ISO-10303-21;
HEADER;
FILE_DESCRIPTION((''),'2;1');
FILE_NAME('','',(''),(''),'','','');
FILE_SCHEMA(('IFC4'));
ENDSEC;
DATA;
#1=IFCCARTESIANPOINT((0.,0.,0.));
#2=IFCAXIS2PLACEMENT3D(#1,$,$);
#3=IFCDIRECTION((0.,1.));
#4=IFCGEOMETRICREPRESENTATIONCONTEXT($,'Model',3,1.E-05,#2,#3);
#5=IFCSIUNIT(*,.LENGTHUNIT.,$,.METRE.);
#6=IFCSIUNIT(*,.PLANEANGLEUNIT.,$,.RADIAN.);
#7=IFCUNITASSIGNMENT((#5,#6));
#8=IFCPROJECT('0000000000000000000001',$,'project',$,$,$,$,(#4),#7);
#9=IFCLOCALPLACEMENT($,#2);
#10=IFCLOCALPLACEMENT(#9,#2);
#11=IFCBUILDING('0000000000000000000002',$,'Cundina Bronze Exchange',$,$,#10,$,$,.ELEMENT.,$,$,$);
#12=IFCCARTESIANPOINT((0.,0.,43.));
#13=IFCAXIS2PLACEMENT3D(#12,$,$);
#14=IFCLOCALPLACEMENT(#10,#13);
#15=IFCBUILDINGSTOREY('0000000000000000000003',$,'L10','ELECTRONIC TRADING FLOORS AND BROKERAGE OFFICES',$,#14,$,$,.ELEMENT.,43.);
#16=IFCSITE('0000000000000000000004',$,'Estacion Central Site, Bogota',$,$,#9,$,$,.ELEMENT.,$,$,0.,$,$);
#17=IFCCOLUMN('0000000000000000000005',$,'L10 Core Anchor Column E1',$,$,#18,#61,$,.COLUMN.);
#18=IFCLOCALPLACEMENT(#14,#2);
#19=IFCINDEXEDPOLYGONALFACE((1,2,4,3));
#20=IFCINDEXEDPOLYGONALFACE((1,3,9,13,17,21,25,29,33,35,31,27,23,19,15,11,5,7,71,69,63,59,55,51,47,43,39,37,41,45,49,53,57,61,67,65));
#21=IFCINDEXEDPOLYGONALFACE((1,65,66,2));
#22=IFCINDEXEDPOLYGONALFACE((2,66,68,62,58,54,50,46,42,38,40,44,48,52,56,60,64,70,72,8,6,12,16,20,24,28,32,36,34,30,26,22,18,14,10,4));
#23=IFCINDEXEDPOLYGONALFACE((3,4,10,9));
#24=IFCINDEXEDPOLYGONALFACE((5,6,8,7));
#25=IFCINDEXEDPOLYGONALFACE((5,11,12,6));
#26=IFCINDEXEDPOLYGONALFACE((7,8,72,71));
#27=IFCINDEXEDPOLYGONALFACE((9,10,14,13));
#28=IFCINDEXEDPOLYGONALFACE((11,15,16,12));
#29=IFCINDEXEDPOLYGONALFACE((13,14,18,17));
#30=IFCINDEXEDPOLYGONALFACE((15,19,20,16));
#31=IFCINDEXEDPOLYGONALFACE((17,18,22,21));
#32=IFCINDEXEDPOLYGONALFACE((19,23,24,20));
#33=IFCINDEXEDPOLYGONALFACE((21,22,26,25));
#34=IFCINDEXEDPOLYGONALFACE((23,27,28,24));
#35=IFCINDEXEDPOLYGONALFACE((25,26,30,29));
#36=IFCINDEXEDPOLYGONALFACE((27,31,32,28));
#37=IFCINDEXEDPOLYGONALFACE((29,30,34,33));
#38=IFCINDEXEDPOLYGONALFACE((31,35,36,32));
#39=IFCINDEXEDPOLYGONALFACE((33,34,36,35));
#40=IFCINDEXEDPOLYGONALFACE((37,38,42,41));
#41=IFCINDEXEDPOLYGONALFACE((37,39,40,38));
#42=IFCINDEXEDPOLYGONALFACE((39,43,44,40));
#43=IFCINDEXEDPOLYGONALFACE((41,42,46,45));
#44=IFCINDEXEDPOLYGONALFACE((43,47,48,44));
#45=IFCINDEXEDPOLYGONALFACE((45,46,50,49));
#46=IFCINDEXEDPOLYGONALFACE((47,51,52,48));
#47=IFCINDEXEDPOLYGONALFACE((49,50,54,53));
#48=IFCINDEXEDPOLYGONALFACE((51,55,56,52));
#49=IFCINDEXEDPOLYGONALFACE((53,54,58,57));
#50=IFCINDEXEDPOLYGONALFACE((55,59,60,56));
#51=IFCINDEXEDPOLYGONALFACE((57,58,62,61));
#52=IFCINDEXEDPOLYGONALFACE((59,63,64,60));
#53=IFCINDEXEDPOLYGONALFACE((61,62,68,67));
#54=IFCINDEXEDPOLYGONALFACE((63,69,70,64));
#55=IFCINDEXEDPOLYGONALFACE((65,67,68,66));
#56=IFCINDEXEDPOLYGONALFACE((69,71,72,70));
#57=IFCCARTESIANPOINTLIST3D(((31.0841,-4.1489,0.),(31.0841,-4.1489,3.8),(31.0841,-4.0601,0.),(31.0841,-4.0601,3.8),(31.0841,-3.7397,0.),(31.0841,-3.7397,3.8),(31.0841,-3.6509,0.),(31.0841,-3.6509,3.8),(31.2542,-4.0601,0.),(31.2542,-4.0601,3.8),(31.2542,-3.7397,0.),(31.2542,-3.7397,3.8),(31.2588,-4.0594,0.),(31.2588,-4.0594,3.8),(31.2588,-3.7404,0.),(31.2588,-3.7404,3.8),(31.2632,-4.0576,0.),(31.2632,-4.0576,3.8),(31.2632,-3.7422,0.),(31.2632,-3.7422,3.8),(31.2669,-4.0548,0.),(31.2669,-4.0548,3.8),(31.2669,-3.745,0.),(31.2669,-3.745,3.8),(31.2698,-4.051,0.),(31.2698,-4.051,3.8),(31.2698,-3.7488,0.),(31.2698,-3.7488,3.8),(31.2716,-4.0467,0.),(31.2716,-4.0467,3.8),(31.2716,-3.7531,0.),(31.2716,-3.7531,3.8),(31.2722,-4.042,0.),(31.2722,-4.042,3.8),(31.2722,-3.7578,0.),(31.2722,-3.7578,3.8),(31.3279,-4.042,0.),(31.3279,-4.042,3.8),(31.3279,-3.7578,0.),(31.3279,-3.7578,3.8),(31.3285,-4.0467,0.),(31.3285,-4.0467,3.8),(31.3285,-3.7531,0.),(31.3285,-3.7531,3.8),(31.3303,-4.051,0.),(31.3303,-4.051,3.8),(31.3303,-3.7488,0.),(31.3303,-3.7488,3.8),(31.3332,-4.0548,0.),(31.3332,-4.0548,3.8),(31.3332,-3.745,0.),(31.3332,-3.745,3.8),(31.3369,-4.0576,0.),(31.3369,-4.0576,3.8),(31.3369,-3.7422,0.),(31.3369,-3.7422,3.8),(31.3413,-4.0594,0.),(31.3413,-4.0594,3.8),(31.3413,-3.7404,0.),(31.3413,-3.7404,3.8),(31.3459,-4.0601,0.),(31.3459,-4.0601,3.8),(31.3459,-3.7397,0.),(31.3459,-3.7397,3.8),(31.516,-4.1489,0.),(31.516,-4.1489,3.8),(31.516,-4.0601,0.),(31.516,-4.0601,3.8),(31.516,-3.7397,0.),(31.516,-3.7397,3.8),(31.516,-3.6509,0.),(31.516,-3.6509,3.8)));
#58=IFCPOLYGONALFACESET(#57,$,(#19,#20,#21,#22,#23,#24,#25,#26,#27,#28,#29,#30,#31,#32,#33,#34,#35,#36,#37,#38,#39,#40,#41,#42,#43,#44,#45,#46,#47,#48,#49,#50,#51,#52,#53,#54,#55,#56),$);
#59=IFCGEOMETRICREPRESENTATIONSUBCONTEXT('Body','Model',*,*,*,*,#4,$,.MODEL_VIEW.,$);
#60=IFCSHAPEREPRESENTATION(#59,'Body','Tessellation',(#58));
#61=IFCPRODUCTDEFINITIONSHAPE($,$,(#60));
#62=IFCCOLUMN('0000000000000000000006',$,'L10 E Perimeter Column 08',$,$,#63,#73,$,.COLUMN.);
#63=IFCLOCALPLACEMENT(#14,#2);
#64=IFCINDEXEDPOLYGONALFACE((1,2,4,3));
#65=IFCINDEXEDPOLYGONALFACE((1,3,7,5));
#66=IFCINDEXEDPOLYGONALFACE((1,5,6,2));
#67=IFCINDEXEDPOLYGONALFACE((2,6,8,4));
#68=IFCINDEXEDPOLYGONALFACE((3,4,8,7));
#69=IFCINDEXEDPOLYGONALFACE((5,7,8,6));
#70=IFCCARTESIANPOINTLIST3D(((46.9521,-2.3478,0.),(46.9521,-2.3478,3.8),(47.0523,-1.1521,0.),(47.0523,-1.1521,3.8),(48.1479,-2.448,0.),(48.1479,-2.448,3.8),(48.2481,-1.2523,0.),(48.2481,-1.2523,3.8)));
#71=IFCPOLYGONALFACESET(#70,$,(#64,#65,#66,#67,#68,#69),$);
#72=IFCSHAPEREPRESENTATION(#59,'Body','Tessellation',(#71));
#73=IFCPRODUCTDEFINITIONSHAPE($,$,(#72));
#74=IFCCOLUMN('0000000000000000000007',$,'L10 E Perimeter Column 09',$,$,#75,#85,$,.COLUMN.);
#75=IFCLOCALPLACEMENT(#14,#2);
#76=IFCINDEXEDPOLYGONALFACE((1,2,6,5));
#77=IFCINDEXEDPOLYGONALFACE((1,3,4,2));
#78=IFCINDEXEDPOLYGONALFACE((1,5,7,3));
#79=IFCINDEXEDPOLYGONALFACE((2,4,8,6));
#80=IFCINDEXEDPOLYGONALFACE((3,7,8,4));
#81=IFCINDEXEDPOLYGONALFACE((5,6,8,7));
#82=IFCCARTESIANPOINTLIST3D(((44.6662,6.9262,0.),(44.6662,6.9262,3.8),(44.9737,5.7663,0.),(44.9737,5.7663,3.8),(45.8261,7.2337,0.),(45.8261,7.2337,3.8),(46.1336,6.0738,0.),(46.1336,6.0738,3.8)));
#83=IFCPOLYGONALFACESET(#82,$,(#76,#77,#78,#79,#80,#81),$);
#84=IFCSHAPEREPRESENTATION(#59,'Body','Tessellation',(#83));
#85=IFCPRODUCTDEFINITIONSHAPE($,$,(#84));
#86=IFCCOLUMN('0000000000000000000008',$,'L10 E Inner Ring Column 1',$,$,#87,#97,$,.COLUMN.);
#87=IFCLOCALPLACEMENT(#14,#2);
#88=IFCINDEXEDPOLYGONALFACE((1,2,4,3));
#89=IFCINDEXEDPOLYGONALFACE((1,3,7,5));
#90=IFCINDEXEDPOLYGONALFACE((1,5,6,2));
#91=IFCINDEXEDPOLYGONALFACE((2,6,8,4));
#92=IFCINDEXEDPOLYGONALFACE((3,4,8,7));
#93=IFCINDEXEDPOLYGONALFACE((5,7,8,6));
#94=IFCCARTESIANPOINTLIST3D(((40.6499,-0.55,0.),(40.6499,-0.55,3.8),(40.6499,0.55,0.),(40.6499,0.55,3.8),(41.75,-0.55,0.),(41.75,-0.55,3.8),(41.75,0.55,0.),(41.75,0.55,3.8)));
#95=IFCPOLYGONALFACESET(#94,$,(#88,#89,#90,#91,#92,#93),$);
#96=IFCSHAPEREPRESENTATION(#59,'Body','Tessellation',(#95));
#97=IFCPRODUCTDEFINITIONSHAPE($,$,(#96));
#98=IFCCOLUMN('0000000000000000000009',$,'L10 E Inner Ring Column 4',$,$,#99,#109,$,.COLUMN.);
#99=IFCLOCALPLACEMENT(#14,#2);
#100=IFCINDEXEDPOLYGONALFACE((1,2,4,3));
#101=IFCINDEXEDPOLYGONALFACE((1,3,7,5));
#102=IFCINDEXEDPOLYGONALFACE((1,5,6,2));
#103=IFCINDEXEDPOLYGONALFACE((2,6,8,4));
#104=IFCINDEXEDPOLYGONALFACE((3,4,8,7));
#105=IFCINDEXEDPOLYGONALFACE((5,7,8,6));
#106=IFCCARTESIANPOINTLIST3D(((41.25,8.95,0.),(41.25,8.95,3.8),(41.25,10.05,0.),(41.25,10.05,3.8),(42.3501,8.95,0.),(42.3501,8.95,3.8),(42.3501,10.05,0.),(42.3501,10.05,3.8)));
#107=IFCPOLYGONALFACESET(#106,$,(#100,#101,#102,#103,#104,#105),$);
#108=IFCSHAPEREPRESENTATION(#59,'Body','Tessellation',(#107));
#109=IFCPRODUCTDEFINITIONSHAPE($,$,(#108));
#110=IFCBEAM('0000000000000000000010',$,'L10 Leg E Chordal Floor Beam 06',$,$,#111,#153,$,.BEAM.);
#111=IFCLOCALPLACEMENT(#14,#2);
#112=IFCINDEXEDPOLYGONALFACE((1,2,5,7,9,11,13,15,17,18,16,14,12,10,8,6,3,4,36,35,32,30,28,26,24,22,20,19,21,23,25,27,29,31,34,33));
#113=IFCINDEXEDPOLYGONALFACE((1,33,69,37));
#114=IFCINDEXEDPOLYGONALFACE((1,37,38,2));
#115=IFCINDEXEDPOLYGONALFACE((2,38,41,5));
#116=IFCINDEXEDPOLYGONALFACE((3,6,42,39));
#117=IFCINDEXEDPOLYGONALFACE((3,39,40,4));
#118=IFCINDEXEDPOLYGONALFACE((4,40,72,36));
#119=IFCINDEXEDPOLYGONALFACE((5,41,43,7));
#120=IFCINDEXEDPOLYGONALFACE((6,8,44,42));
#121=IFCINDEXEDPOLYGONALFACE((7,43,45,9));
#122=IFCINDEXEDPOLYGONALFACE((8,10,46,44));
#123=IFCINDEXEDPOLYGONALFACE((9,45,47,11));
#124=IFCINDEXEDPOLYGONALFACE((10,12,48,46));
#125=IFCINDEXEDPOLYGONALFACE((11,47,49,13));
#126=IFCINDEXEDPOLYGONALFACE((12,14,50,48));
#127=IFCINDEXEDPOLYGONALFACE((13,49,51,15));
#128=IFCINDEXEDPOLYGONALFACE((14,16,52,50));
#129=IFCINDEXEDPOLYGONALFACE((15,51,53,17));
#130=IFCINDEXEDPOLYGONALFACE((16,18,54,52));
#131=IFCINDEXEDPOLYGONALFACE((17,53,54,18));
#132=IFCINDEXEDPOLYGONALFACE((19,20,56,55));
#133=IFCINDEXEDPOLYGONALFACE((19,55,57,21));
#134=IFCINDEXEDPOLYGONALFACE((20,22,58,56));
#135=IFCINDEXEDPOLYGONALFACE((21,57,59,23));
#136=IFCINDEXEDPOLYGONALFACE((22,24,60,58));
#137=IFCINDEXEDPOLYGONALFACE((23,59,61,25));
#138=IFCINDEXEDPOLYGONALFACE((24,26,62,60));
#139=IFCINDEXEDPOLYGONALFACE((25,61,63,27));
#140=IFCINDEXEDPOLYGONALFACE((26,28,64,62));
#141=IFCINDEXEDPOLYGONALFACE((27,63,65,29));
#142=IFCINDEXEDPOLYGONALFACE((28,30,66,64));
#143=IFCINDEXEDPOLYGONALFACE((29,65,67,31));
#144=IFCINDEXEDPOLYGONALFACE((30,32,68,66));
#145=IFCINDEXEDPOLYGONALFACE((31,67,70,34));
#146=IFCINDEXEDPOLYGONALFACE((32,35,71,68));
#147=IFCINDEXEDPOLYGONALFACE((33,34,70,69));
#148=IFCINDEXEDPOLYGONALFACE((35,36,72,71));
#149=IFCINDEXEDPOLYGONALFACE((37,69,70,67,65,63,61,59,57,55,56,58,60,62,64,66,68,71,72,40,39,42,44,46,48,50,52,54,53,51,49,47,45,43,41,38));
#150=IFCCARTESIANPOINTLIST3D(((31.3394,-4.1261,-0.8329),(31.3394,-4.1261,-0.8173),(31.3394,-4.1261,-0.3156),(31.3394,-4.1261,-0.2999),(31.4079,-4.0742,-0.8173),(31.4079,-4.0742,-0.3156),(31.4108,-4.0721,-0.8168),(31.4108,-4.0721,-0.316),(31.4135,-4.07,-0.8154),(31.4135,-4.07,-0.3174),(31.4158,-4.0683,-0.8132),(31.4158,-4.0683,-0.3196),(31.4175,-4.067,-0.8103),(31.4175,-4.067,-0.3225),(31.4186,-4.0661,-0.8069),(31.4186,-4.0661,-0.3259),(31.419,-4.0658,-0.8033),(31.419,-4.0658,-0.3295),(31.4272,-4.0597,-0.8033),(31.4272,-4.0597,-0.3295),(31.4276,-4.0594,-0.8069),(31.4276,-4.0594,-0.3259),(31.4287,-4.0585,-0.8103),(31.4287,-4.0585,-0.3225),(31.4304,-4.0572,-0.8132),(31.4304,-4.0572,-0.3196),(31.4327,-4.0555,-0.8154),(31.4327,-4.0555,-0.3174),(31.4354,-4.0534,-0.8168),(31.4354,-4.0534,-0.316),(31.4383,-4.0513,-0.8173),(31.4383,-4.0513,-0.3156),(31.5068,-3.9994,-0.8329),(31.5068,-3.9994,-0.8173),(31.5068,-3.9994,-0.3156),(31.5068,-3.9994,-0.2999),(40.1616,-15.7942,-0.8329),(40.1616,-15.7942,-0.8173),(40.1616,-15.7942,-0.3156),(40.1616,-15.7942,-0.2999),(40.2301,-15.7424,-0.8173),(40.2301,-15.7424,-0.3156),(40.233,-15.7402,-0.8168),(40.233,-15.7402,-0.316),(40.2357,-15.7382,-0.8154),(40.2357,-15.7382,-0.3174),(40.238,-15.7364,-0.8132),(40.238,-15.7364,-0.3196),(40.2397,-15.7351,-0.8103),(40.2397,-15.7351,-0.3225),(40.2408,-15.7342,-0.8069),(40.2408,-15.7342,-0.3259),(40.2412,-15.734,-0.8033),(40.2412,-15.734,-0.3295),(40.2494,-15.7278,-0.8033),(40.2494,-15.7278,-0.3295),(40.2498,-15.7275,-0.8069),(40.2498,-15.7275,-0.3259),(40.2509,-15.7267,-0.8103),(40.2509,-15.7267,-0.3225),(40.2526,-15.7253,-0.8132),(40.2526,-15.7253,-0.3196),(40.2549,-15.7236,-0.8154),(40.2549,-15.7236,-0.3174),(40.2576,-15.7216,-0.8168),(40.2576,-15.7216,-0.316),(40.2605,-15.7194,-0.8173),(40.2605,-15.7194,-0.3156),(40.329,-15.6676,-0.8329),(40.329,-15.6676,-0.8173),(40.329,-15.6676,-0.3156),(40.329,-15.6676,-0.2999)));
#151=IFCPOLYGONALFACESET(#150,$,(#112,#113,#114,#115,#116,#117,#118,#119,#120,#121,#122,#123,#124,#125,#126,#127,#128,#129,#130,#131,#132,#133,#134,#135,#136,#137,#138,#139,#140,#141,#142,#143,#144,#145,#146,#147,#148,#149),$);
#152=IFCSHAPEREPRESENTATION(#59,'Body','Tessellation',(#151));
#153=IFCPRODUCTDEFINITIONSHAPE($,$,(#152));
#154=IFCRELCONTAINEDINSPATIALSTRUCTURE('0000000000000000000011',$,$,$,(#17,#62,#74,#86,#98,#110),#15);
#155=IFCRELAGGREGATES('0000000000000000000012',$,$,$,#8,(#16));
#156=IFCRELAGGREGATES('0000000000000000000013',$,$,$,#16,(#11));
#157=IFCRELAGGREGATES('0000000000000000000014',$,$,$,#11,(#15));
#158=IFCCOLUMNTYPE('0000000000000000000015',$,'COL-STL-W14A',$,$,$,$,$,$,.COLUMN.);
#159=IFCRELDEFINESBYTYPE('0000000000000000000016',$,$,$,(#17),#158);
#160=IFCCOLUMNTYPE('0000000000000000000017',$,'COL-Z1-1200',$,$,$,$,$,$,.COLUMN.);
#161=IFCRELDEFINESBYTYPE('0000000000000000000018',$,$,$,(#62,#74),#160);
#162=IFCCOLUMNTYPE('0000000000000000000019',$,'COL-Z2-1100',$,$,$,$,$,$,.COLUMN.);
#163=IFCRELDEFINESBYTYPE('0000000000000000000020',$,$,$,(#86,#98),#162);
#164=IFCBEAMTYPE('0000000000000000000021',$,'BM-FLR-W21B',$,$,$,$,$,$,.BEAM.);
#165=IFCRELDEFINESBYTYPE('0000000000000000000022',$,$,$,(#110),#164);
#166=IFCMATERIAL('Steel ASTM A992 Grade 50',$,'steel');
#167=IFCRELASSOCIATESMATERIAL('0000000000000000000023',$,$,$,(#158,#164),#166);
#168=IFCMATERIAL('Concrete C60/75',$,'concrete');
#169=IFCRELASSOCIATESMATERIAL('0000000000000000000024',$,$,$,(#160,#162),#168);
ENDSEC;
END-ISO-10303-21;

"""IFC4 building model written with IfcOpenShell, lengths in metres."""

from ifc_helpers import new_model, si_unit, direction, frame, origin, origin_2d, place, context, subcontext, project, spatial, rectangle, i_section, extrude, material, material_profile, profile_set, type_object, element, save


model = new_model("IFC4")

# Units and contexts
model_context = context("Model", 3, precision=1e-05, world=origin(), true_north=direction((0.0, 1.0)))
body_context = subcontext(model_context, "Body", "Model", "MODEL_VIEW")
ifc_project = project(units=[si_unit("LENGTHUNIT", "METRE"), si_unit("PLANEANGLEUNIT", "RADIAN")], contexts=[model_context])

# Site, building, storey
site_placement = place(None, origin())
site = spatial("IfcSite", under=ifc_project, at=site_placement, Name="Estacion Central Site, Bogota", CompositionType="ELEMENT", RefElevation=0.0)
building_placement = place(site_placement, origin())
building = spatial("IfcBuilding", under=site, at=building_placement, Name="Cundina Bronze Exchange", CompositionType="ELEMENT")
storey_placement = place(building_placement, frame((0.0, 0.0, 43.0)))
storey = spatial("IfcBuildingStorey", under=building, at=storey_placement, Name="L10", Description="ELECTRONIC TRADING FLOORS AND BROKERAGE OFFICES", CompositionType="ELEMENT", Elevation=43.0)

# Columns
ifc_material_1 = material(Name="Steel ASTM A992 Grade 50", Category="steel")
ifc_material_profile_1 = material_profile(ifc_material_1, i_section(OverallWidth=0.4319, OverallDepth=0.498, WebThickness=0.0557, FlangeThickness=0.0889, FilletRadius=0.0181, at=origin_2d()), Name="W14X500", Category="steel")
ifc_profile_set_1 = profile_set([ifc_material_profile_1], Name="Steel ASTM A992 Grade 50")
column_type_1 = type_object("IfcColumnType", Name="COL-STL-W14A", PredefinedType="COLUMN", material=ifc_profile_set_1)
column_placement = place(storey_placement, frame((31.3, -3.8999, 0.0), z_axis=(0.0, 0.0, 1.0), x_axis=(1.0, 0.0, 0.0)))
element("IfcColumn", 1, at=column_placement, inside=storey, type_object=column_type_1, Name="L10 Core Anchor Column E1", PredefinedType="COLUMN", context=body_context, shape_type="SweptSolid", body=[
    extrude(i_section(OverallWidth=0.4319, OverallDepth=0.498, WebThickness=0.0557, FlangeThickness=0.0889, FilletRadius=0.0181, at=origin_2d()), origin(), (0.0, 0.0, 1.0), 3.8),
])
ifc_material_2 = material(Name="Concrete C60/75", Category="concrete")
ifc_material_profile_2 = material_profile(ifc_material_2, rectangle(XDim=1.2, YDim=1.2, at=origin_2d()), Name="RC1200X1200", Category="concrete")
ifc_profile_set_2 = profile_set([ifc_material_profile_2], Name="Concrete C60/75")
column_type_2 = type_object("IfcColumnType", Name="COL-Z1-1200", PredefinedType="COLUMN", material=ifc_profile_set_2)
for number, where, z_axis, x_axis, name in (
    (2, (47.6001, -1.8, 0.0), (0.0, 0.0, 1.0), (0.083504, 0.996507, 0.0), "L10 E Perimeter Column 08"),
    (3, (45.3999, 6.5, 0.0), (0.0, 0.0, 1.0), (-0.256289, 0.9666, 0.0), "L10 E Perimeter Column 09"),
):
    element("IfcColumn", number, at=place(storey_placement, frame(where, z_axis=z_axis, x_axis=x_axis)), inside=storey, type_object=column_type_2, Name=name, PredefinedType="COLUMN", context=body_context, shape_type="SweptSolid", body=[
        extrude(rectangle(XDim=1.2, YDim=1.2, at=origin_2d()), origin(), (0.0, 0.0, 1.0), 3.8),
    ])
ifc_material_profile_3 = material_profile(ifc_material_2, rectangle(XDim=1.1001, YDim=1.1001, at=origin_2d()), Name="RC1100X1100", Category="concrete")
ifc_profile_set_3 = profile_set([ifc_material_profile_3], Name="Concrete C60/75")
column_type_3 = type_object("IfcColumnType", Name="COL-Z2-1100", PredefinedType="COLUMN", material=ifc_profile_set_3)
for number, where, z_axis, x_axis, name in (
    (4, (41.2, 0.0, 0.0), (0.0, 0.0, 1.0), (1.0, 0.0, 0.0), "L10 E Inner Ring Column 1"),
    (5, (41.8, 9.5, 0.0), (0.0, 0.0, 1.0), (1.0, 0.0, 0.0), "L10 E Inner Ring Column 4"),
):
    element("IfcColumn", number, at=place(storey_placement, frame(where, z_axis=z_axis, x_axis=x_axis)), inside=storey, type_object=column_type_3, Name=name, PredefinedType="COLUMN", context=body_context, shape_type="SweptSolid", body=[
        extrude(rectangle(XDim=1.1001, YDim=1.1001, at=origin_2d()), origin(), (0.0, 0.0, 1.0), 3.8),
    ])

# Beam
ifc_material_profile_4 = material_profile(ifc_material_1, i_section(OverallWidth=0.21, OverallDepth=0.533, WebThickness=0.0103, FlangeThickness=0.0156, FilletRadius=0.0139, at=origin_2d()), Name="W21X62", Category="steel")
ifc_profile_set_4 = profile_set([ifc_material_profile_4], Name="Steel ASTM A992 Grade 50")
beam_type_1 = type_object("IfcBeamType", Name="BM-FLR-W21B", PredefinedType="BEAM", material=ifc_profile_set_4)
beam_1_placement = place(storey_placement, frame((31.4231, -4.0627, -0.5664), z_axis=(0.603106, -0.797661, 0.0), x_axis=(0.797661, 0.603106, 0.0)))
element("IfcBeam", 6, at=beam_1_placement, inside=storey, type_object=beam_type_1, Name="L10 Leg E Chordal Floor Beam 06", PredefinedType="BEAM", context=body_context, shape_type="SweptSolid", body=[
    extrude(i_section(OverallWidth=0.21, OverallDepth=0.533, WebThickness=0.0103, FlangeThickness=0.0156, FilletRadius=0.0139, at=origin_2d()), origin(), (0.0, 0.0, 1.0), 14.6279),
])

save(model, "model.ifc")
